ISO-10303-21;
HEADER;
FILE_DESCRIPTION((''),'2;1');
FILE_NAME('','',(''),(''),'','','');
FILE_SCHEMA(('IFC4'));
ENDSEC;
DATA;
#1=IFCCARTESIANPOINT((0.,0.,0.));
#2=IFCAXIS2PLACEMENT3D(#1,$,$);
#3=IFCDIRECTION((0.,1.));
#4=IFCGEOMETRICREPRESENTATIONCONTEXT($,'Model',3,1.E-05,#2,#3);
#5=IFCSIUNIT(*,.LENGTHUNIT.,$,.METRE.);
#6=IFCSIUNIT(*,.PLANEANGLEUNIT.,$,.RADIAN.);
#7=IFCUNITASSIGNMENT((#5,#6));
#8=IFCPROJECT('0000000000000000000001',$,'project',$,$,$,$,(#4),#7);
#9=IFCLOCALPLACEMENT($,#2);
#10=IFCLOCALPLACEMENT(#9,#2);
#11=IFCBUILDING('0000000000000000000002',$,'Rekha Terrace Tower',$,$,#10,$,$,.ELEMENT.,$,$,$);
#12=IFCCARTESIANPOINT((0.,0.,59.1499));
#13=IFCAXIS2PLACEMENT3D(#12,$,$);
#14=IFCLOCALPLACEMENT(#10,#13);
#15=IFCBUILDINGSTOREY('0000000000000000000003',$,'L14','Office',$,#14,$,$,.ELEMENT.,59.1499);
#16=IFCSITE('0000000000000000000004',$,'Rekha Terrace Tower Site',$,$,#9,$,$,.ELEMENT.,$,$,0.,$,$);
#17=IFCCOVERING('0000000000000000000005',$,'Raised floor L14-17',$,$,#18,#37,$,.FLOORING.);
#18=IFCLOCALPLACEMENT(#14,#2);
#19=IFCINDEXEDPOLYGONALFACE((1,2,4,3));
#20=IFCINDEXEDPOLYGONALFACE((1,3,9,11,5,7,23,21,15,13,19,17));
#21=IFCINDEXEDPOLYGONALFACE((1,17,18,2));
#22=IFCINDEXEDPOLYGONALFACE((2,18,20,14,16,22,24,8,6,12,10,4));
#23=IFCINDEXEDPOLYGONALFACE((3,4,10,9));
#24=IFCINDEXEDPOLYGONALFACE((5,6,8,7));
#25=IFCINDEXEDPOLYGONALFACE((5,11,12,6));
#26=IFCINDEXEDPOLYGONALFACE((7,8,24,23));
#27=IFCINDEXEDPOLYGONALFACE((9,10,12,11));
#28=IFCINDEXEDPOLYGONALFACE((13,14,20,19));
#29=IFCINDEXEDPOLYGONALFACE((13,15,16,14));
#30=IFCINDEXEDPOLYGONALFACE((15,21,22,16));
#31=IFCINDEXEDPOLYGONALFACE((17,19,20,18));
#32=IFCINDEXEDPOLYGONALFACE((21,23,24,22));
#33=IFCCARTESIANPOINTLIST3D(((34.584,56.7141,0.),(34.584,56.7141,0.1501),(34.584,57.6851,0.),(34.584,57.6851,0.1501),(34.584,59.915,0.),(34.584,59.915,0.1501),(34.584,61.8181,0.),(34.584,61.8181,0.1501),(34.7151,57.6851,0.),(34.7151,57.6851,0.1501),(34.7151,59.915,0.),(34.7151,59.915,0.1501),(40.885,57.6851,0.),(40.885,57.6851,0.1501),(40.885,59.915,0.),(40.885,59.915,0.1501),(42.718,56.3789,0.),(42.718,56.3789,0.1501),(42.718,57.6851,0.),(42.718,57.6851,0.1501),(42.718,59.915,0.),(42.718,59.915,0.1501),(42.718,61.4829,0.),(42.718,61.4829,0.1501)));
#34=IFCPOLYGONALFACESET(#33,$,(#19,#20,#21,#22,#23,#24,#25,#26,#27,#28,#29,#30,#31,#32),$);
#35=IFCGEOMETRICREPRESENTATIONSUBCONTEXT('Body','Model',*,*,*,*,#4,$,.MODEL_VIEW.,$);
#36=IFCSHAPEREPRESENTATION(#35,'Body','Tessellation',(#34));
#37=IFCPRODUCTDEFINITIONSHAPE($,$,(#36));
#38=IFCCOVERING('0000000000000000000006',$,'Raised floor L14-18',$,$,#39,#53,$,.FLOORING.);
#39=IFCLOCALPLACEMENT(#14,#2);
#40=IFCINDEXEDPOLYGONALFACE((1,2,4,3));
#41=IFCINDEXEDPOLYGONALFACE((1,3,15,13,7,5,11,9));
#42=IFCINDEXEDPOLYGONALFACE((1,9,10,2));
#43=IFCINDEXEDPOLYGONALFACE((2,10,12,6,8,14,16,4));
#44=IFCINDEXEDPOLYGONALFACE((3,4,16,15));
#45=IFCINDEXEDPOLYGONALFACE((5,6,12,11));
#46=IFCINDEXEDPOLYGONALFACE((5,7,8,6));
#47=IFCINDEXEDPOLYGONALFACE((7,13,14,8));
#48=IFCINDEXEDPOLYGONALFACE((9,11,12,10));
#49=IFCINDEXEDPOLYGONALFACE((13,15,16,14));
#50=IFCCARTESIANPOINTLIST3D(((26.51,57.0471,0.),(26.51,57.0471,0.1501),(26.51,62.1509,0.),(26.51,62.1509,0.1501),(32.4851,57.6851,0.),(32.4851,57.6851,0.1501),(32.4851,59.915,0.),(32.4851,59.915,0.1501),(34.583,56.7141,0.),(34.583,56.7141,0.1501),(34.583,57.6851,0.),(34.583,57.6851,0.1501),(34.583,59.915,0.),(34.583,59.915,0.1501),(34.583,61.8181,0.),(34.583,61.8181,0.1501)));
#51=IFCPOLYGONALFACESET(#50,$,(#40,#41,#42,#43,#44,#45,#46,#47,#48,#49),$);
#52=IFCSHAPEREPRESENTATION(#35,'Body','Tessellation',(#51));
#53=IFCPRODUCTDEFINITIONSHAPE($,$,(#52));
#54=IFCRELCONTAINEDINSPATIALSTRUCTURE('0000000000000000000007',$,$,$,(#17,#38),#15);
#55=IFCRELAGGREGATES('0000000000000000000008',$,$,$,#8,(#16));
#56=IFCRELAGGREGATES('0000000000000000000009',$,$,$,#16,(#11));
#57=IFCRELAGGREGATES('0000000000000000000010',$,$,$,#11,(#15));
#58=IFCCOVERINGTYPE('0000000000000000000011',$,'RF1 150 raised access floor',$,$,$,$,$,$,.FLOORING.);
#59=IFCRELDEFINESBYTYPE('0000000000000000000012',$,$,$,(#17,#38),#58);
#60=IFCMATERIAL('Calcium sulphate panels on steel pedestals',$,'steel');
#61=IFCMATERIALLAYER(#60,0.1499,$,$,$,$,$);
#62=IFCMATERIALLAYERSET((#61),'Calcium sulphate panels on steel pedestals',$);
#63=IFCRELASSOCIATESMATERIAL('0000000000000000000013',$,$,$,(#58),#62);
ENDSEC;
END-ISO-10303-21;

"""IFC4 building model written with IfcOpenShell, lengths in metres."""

from ifc_helpers import new_model, si_unit, direction, frame, origin, place, context, subcontext, project, spatial, polyline, outline, extrude, material, layer, layer_set, type_object, element, save


model = new_model("IFC4")

# Units and contexts
model_context = context("Model", 3, precision=1e-05, world=origin(), true_north=direction((0.0, 1.0)))
body_context = subcontext(model_context, "Body", "Model", "MODEL_VIEW")
ifc_project = project(units=[si_unit("LENGTHUNIT", "METRE"), si_unit("PLANEANGLEUNIT", "RADIAN")], contexts=[model_context])

# Site, building, storey
site_placement = place(None, origin())
site = spatial("IfcSite", under=ifc_project, at=site_placement, Name="Rekha Terrace Tower Site", CompositionType="ELEMENT", RefElevation=0.0)
building_placement = place(site_placement, origin())
building = spatial("IfcBuilding", under=site, at=building_placement, Name="Rekha Terrace Tower", CompositionType="ELEMENT")
storey_placement = place(building_placement, frame((0.0, 0.0, 59.1499)))
storey = spatial("IfcBuildingStorey", under=building, at=storey_placement, Name="L14", Description="Office", CompositionType="ELEMENT", Elevation=59.1499)

# Coverings
ifc_material_1 = material(Name="Calcium sulphate panels on steel pedestals", Category="steel")
ifc_layer_1 = layer(ifc_material_1, 0.1499)
ifc_layer_set_1 = layer_set([ifc_layer_1], Name="Calcium sulphate panels on steel pedestals")
covering_type_1 = type_object("IfcCoveringType", Name="RF1 150 raised access floor", PredefinedType="FLOORING", material=ifc_layer_set_1)
covering_1_placement = place(storey_placement, origin())
element("IfcCovering", 1, at=covering_1_placement, inside=storey, type_object=covering_type_1, Name="Raised floor L14-17", PredefinedType="FLOORING", context=body_context, shape_type="SweptSolid", body=[
    extrude(outline(polyline([(42.718, 59.915), (42.718, 61.4829), (34.584, 61.8181), (34.584, 59.915), (34.7151, 59.915), (34.7151, 57.6851), (34.584, 57.6851), (34.584, 56.7141), (42.718, 56.3789), (42.718, 57.6851), (40.885, 57.6851), (40.885, 59.915), (42.718, 59.915)])), origin(), (0.0, 0.0, 1.0), 0.1501),
])
covering_2_placement = place(storey_placement, origin())
element("IfcCovering", 2, at=covering_2_placement, inside=storey, type_object=covering_type_1, Name="Raised floor L14-18", PredefinedType="FLOORING", context=body_context, shape_type="SweptSolid", body=[
    extrude(outline(polyline([(34.583, 59.915), (34.583, 61.8181), (26.51, 62.1509), (26.51, 57.0471), (34.583, 56.7141), (34.583, 57.6851), (32.4851, 57.6851), (32.4851, 59.915), (34.583, 59.915)])), origin(), (0.0, 0.0, 1.0), 0.1501),
])

save(model, "model.ifc")
